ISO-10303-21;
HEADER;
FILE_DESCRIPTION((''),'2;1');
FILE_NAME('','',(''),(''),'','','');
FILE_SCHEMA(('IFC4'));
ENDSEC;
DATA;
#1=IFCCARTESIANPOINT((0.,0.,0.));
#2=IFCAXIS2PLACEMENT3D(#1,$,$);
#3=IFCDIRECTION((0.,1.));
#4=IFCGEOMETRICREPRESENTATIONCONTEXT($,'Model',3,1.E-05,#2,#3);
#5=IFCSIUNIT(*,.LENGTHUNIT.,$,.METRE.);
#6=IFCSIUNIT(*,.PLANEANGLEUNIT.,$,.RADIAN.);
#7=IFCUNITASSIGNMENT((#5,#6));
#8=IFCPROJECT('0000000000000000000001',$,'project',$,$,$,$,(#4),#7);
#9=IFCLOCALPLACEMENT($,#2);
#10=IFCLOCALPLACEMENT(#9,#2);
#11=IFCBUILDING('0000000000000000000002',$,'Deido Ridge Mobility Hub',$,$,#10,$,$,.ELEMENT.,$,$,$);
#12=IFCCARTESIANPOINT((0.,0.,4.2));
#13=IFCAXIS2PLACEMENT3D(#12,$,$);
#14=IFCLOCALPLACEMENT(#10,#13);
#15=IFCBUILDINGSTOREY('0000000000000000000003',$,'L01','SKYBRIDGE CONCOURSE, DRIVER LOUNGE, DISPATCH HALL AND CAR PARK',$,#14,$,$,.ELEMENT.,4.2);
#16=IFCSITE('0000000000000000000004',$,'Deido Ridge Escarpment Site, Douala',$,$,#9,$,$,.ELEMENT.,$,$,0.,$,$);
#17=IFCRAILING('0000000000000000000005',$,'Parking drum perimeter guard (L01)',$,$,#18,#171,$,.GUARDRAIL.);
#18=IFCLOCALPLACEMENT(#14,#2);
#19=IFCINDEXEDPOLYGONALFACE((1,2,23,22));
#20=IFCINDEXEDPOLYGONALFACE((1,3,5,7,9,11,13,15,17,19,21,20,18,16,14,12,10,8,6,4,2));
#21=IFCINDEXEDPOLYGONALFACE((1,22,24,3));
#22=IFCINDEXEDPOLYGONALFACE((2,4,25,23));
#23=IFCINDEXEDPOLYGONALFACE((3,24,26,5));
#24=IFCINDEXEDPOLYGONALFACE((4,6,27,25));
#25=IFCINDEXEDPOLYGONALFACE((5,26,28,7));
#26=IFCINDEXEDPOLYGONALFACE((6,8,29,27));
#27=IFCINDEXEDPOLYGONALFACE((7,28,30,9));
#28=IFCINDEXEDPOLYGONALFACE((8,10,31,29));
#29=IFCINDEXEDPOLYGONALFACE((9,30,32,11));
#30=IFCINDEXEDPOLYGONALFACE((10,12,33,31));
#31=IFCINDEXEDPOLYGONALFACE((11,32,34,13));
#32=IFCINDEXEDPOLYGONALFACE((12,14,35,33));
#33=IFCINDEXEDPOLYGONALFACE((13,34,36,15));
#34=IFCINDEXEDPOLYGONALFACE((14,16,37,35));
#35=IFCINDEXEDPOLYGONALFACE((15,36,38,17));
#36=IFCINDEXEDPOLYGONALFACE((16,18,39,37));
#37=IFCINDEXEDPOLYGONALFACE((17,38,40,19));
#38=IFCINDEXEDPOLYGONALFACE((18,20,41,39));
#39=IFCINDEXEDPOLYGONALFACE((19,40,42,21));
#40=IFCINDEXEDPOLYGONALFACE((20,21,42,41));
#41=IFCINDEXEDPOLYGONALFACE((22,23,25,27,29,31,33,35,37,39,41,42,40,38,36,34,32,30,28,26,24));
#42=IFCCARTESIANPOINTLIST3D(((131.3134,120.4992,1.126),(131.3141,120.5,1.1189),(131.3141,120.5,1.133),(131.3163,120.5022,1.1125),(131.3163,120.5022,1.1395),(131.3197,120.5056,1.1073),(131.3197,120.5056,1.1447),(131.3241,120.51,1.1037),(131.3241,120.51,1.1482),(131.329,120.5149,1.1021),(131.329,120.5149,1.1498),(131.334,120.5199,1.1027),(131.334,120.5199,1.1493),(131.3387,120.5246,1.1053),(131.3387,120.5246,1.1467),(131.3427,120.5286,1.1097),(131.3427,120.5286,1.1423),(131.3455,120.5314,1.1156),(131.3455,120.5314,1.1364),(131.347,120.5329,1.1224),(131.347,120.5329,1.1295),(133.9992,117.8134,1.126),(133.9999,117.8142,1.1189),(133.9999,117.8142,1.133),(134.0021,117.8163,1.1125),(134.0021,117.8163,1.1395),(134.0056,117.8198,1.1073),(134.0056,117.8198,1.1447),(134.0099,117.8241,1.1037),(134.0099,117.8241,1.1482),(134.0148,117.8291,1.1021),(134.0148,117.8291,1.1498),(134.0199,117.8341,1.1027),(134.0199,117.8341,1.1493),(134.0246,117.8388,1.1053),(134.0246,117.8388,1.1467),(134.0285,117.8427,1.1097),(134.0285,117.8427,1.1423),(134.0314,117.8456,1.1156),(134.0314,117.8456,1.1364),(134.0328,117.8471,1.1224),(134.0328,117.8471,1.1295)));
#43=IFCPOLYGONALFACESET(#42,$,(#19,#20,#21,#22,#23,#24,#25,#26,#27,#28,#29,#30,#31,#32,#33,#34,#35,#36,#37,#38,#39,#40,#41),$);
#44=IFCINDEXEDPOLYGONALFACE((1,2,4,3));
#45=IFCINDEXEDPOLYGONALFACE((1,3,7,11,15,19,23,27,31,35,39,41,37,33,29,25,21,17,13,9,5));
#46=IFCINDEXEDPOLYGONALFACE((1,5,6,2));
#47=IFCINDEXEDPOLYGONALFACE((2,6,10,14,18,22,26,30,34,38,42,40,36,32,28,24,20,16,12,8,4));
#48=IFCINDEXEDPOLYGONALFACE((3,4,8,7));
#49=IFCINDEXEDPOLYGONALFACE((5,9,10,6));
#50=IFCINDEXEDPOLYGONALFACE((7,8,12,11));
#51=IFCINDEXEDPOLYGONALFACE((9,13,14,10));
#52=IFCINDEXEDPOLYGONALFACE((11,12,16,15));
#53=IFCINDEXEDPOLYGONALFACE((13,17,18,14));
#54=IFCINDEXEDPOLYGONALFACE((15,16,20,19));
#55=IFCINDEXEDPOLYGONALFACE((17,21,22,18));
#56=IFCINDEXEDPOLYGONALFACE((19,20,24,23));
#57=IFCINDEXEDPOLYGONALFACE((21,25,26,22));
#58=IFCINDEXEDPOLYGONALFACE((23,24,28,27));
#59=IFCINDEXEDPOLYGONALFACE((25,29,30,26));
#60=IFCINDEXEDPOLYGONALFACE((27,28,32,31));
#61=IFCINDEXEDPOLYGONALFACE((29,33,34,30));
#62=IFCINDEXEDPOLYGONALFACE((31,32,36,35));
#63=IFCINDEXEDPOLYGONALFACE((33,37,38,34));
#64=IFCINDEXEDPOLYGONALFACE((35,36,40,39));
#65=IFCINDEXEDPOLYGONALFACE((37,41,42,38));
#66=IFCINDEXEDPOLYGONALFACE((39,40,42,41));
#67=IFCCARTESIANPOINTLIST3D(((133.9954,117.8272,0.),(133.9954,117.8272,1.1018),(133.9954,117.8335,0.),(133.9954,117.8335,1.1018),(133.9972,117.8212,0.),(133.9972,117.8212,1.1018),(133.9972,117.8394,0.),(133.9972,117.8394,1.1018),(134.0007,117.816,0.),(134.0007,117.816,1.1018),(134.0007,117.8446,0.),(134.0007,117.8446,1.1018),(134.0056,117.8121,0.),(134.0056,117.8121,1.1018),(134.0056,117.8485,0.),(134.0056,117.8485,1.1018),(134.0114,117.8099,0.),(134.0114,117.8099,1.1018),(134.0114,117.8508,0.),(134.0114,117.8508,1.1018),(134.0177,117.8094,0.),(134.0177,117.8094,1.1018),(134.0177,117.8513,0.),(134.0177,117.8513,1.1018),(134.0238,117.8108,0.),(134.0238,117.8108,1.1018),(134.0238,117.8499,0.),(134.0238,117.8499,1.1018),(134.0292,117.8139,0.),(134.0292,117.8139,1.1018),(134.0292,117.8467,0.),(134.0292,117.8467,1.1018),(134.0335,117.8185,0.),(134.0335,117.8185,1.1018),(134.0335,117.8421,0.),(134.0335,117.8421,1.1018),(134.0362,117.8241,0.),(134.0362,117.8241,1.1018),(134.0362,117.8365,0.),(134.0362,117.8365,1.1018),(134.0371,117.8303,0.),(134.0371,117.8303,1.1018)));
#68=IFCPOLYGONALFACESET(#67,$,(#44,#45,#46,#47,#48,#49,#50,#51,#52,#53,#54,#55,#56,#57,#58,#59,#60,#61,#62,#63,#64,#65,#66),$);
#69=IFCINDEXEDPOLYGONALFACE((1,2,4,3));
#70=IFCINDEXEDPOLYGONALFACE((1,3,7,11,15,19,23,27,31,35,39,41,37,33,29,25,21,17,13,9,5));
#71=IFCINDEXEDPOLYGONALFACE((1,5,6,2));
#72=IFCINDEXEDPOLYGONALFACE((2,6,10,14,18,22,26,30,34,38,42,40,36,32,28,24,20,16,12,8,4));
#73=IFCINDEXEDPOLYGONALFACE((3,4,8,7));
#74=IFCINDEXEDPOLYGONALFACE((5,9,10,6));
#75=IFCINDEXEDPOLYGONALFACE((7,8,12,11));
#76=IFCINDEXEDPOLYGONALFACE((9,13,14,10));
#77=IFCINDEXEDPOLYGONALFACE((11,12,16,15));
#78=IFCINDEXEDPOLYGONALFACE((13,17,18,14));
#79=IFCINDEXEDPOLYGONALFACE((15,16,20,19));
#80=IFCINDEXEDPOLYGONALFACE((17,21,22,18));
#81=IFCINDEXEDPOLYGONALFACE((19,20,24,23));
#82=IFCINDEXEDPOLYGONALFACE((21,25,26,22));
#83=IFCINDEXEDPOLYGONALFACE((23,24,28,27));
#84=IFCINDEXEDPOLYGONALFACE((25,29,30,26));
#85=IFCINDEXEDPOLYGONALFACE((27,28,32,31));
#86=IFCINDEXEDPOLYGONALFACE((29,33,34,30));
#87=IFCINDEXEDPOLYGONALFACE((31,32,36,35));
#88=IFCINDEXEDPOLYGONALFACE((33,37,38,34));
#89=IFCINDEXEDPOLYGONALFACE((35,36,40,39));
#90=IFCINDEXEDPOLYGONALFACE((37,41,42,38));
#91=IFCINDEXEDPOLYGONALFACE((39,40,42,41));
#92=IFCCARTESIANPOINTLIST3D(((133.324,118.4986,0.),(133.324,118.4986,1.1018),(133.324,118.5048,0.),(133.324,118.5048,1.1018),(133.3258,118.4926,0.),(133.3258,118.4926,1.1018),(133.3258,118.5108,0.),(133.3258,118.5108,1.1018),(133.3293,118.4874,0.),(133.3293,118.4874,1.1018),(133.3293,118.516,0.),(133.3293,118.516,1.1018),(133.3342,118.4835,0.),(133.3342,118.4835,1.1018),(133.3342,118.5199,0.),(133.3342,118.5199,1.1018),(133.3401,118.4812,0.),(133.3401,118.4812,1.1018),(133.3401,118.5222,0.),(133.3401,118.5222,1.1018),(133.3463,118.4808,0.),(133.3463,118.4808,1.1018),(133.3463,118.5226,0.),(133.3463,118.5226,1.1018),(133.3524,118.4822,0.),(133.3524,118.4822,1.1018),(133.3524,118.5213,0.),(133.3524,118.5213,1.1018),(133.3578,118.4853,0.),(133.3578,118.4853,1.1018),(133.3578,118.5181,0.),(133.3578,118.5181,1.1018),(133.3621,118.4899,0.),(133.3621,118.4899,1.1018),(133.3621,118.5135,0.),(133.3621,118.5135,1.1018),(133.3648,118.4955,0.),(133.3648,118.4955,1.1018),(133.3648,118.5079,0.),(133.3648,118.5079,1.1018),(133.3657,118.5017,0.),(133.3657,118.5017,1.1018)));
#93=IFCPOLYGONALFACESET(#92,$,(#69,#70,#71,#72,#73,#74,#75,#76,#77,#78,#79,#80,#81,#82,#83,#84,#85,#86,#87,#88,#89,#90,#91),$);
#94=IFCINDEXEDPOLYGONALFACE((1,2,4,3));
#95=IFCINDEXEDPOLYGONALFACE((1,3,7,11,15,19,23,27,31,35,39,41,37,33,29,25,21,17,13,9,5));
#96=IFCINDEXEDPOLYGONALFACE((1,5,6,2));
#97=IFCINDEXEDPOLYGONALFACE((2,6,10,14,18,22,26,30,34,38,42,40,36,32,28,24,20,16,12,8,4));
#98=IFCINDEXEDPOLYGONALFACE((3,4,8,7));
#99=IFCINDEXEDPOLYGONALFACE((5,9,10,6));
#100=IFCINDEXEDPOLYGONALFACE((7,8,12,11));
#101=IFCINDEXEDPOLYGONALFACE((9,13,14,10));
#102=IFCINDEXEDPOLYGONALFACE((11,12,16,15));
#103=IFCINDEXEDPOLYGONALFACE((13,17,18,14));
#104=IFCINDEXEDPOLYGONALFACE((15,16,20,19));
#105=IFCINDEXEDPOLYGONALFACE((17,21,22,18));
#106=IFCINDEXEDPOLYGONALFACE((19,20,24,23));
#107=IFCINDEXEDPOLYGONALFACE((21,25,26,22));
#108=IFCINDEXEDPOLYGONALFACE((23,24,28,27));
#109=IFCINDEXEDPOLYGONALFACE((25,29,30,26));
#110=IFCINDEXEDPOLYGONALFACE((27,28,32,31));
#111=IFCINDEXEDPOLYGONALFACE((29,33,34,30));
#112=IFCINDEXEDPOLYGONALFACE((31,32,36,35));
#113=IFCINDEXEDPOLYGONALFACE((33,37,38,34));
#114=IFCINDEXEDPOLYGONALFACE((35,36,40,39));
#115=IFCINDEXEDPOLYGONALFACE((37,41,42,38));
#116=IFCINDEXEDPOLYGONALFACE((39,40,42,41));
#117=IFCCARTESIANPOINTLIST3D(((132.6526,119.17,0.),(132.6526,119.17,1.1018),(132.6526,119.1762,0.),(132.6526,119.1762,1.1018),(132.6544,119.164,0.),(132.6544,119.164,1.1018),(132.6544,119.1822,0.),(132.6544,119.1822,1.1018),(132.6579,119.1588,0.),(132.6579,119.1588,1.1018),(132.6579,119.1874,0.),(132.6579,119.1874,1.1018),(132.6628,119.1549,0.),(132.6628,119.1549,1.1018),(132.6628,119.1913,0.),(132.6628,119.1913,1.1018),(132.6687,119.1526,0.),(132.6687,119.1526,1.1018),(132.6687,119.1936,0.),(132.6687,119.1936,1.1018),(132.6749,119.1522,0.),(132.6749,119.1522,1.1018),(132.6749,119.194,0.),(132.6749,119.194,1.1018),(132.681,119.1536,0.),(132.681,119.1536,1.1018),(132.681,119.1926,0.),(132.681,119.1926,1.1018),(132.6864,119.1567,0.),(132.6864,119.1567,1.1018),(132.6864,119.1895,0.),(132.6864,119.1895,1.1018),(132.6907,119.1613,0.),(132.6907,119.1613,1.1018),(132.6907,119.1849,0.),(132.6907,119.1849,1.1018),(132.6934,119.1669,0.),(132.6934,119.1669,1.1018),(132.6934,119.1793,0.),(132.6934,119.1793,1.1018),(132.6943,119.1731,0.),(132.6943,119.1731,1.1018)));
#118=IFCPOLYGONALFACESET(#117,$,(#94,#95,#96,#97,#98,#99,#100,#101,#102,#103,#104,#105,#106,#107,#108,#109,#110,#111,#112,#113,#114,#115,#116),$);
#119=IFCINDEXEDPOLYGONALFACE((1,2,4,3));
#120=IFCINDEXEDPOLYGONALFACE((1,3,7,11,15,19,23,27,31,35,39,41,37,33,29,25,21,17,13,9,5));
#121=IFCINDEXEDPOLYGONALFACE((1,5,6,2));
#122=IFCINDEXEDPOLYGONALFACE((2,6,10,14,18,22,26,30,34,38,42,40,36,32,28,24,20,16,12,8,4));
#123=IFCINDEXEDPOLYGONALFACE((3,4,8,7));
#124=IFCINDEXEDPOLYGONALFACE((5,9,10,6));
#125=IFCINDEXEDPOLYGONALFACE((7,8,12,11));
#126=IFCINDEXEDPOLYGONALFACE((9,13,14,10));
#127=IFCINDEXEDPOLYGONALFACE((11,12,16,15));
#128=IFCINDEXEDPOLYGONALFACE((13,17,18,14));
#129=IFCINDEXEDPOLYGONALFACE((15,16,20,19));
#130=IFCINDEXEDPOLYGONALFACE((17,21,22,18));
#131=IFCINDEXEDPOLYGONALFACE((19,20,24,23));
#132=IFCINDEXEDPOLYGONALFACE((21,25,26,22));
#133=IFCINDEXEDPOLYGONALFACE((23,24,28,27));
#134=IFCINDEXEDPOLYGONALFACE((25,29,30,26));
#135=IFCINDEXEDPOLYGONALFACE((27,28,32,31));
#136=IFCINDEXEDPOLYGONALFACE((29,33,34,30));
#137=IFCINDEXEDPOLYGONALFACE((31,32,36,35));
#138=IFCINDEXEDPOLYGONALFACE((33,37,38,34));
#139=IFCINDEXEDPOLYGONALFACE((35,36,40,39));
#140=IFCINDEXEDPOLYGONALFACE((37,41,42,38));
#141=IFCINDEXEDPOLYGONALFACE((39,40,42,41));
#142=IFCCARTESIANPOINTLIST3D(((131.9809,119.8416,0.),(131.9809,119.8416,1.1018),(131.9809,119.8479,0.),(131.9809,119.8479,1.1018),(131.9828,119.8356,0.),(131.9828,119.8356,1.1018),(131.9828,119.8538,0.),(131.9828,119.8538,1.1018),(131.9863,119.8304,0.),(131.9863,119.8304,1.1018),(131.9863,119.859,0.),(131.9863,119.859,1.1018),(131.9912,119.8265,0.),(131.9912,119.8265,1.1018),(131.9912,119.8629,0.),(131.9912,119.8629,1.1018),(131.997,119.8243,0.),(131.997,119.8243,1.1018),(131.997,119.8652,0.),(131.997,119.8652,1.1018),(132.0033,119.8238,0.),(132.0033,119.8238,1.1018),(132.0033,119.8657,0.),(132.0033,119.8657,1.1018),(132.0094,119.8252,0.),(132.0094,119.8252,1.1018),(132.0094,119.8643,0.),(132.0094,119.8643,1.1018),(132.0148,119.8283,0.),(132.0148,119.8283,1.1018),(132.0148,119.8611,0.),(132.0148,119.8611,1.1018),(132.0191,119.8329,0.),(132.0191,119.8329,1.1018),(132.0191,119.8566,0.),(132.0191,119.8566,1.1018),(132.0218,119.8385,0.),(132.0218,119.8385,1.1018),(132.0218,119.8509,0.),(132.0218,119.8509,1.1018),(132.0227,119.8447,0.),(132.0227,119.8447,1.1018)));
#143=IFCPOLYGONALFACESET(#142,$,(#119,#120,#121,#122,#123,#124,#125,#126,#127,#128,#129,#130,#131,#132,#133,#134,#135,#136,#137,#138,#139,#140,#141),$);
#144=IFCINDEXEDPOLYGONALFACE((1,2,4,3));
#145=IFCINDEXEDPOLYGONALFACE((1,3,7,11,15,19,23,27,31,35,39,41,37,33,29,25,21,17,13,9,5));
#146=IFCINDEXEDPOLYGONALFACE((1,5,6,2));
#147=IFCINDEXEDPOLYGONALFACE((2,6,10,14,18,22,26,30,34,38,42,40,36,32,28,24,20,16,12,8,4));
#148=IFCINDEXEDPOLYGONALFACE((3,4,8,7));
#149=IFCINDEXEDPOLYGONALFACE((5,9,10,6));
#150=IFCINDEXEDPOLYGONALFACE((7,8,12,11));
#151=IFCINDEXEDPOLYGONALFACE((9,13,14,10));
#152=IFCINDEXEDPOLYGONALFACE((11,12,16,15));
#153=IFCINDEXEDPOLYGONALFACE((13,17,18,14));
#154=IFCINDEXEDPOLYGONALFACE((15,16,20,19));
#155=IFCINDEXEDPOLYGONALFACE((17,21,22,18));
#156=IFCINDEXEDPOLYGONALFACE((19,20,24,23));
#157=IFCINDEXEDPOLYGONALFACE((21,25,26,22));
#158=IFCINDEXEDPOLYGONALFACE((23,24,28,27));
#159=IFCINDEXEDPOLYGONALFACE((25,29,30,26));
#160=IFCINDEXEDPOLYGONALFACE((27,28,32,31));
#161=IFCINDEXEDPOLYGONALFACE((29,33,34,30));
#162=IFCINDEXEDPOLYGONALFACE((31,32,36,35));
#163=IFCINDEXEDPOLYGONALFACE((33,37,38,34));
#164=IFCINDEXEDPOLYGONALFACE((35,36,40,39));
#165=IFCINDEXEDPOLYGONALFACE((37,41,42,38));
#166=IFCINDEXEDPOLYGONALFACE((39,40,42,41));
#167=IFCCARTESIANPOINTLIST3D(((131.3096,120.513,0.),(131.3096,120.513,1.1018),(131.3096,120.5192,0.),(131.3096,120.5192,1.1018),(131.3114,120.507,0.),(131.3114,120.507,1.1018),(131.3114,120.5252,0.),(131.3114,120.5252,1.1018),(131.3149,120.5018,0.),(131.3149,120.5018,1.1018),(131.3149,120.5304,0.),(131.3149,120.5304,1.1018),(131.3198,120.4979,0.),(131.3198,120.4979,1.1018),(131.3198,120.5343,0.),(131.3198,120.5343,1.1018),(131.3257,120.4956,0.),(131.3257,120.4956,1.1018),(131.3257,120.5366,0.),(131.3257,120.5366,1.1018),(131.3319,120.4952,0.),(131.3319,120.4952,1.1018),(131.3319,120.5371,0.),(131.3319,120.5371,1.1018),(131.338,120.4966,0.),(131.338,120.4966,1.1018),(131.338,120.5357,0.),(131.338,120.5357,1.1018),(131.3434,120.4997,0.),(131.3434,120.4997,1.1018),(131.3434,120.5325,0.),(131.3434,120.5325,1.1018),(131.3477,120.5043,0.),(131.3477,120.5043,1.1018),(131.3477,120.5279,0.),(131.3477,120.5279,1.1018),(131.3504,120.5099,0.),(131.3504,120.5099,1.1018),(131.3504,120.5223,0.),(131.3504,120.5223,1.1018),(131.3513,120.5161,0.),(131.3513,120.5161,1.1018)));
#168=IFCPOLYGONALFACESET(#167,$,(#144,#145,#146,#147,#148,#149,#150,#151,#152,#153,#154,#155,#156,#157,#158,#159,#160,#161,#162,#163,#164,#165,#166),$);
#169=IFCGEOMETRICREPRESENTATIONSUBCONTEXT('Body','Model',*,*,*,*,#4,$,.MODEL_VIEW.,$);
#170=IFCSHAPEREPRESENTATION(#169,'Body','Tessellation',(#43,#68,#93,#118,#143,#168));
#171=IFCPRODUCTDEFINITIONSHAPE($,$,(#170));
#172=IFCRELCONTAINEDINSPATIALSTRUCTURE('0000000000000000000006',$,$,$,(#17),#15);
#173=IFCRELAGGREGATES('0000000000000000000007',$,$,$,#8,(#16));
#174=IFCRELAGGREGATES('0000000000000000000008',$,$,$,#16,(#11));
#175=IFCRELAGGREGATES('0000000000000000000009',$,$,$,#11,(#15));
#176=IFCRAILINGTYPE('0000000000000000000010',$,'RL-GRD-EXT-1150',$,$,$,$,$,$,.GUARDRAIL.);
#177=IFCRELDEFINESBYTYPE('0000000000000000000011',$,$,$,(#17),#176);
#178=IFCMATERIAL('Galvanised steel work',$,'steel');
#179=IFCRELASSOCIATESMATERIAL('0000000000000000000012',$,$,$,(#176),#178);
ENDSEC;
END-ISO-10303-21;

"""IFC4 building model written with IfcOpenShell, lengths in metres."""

from ifc_helpers import new_model, si_unit, direction, frame, origin, origin_2d, place, context, subcontext, project, spatial, circle, extrude, material, type_object, element, save


model = new_model("IFC4")

# Units and contexts
model_context = context("Model", 3, precision=1e-05, world=origin(), true_north=direction((0.0, 1.0)))
body_context = subcontext(model_context, "Body", "Model", "MODEL_VIEW")
ifc_project = project(units=[si_unit("LENGTHUNIT", "METRE"), si_unit("PLANEANGLEUNIT", "RADIAN")], contexts=[model_context])

# Site, building, storey
site_placement = place(None, origin())
site = spatial("IfcSite", under=ifc_project, at=site_placement, Name="Deido Ridge Escarpment Site, Douala", CompositionType="ELEMENT", RefElevation=0.0)
building_placement = place(site_placement, origin())
building = spatial("IfcBuilding", under=site, at=building_placement, Name="Deido Ridge Mobility Hub", CompositionType="ELEMENT")
storey_placement = place(building_placement, frame((0.0, 0.0, 4.2)))
storey = spatial("IfcBuildingStorey", under=building, at=storey_placement, Name="L01", Description="SKYBRIDGE CONCOURSE, DRIVER LOUNGE, DISPATCH HALL AND CAR PARK", CompositionType="ELEMENT", Elevation=4.2)

# Railing
ifc_material_1 = material(Name="Galvanised steel work", Category="steel")
railing_type = type_object("IfcRailingType", Name="RL-GRD-EXT-1150", PredefinedType="GUARDRAIL", material=ifc_material_1)
railing_1_placement = place(storey_placement, frame((134.0161, 117.8303, 0.0)))
element("IfcRailing", 1, at=railing_1_placement, inside=storey, type_object=railing_type, Name="Parking drum perimeter guard (L01)", PredefinedType="GUARDRAIL", context=body_context, shape_type="SweptSolid", body=[
    extrude(circle(Radius=0.0239, at=origin_2d()), frame((0.0, 0.0, 1.126), z_axis=(-0.707107, 0.707107, 0.0), x_axis=(-0.707107, -0.707107, 0.0)), (0.0, 0.0, 1.0), 3.7983),
    extrude(circle(Radius=0.021, at=origin_2d()), origin(), (0.0, 0.0, 1.0), 1.1018),
    extrude(circle(Radius=0.021, at=origin_2d()), frame((-0.6714, 0.6714, 0.0)), (0.0, 0.0, 1.0), 1.1018),
    extrude(circle(Radius=0.021, at=origin_2d()), frame((-1.3428, 1.3428, 0.0)), (0.0, 0.0, 1.0), 1.1018),
    extrude(circle(Radius=0.021, at=origin_2d()), frame((-2.0144, 2.0144, 0.0)), (0.0, 0.0, 1.0), 1.1018),
    extrude(circle(Radius=0.021, at=origin_2d()), frame((-2.6858, 2.6858, 0.0)), (0.0, 0.0, 1.0), 1.1018),
])

save(model, "model.ifc")
